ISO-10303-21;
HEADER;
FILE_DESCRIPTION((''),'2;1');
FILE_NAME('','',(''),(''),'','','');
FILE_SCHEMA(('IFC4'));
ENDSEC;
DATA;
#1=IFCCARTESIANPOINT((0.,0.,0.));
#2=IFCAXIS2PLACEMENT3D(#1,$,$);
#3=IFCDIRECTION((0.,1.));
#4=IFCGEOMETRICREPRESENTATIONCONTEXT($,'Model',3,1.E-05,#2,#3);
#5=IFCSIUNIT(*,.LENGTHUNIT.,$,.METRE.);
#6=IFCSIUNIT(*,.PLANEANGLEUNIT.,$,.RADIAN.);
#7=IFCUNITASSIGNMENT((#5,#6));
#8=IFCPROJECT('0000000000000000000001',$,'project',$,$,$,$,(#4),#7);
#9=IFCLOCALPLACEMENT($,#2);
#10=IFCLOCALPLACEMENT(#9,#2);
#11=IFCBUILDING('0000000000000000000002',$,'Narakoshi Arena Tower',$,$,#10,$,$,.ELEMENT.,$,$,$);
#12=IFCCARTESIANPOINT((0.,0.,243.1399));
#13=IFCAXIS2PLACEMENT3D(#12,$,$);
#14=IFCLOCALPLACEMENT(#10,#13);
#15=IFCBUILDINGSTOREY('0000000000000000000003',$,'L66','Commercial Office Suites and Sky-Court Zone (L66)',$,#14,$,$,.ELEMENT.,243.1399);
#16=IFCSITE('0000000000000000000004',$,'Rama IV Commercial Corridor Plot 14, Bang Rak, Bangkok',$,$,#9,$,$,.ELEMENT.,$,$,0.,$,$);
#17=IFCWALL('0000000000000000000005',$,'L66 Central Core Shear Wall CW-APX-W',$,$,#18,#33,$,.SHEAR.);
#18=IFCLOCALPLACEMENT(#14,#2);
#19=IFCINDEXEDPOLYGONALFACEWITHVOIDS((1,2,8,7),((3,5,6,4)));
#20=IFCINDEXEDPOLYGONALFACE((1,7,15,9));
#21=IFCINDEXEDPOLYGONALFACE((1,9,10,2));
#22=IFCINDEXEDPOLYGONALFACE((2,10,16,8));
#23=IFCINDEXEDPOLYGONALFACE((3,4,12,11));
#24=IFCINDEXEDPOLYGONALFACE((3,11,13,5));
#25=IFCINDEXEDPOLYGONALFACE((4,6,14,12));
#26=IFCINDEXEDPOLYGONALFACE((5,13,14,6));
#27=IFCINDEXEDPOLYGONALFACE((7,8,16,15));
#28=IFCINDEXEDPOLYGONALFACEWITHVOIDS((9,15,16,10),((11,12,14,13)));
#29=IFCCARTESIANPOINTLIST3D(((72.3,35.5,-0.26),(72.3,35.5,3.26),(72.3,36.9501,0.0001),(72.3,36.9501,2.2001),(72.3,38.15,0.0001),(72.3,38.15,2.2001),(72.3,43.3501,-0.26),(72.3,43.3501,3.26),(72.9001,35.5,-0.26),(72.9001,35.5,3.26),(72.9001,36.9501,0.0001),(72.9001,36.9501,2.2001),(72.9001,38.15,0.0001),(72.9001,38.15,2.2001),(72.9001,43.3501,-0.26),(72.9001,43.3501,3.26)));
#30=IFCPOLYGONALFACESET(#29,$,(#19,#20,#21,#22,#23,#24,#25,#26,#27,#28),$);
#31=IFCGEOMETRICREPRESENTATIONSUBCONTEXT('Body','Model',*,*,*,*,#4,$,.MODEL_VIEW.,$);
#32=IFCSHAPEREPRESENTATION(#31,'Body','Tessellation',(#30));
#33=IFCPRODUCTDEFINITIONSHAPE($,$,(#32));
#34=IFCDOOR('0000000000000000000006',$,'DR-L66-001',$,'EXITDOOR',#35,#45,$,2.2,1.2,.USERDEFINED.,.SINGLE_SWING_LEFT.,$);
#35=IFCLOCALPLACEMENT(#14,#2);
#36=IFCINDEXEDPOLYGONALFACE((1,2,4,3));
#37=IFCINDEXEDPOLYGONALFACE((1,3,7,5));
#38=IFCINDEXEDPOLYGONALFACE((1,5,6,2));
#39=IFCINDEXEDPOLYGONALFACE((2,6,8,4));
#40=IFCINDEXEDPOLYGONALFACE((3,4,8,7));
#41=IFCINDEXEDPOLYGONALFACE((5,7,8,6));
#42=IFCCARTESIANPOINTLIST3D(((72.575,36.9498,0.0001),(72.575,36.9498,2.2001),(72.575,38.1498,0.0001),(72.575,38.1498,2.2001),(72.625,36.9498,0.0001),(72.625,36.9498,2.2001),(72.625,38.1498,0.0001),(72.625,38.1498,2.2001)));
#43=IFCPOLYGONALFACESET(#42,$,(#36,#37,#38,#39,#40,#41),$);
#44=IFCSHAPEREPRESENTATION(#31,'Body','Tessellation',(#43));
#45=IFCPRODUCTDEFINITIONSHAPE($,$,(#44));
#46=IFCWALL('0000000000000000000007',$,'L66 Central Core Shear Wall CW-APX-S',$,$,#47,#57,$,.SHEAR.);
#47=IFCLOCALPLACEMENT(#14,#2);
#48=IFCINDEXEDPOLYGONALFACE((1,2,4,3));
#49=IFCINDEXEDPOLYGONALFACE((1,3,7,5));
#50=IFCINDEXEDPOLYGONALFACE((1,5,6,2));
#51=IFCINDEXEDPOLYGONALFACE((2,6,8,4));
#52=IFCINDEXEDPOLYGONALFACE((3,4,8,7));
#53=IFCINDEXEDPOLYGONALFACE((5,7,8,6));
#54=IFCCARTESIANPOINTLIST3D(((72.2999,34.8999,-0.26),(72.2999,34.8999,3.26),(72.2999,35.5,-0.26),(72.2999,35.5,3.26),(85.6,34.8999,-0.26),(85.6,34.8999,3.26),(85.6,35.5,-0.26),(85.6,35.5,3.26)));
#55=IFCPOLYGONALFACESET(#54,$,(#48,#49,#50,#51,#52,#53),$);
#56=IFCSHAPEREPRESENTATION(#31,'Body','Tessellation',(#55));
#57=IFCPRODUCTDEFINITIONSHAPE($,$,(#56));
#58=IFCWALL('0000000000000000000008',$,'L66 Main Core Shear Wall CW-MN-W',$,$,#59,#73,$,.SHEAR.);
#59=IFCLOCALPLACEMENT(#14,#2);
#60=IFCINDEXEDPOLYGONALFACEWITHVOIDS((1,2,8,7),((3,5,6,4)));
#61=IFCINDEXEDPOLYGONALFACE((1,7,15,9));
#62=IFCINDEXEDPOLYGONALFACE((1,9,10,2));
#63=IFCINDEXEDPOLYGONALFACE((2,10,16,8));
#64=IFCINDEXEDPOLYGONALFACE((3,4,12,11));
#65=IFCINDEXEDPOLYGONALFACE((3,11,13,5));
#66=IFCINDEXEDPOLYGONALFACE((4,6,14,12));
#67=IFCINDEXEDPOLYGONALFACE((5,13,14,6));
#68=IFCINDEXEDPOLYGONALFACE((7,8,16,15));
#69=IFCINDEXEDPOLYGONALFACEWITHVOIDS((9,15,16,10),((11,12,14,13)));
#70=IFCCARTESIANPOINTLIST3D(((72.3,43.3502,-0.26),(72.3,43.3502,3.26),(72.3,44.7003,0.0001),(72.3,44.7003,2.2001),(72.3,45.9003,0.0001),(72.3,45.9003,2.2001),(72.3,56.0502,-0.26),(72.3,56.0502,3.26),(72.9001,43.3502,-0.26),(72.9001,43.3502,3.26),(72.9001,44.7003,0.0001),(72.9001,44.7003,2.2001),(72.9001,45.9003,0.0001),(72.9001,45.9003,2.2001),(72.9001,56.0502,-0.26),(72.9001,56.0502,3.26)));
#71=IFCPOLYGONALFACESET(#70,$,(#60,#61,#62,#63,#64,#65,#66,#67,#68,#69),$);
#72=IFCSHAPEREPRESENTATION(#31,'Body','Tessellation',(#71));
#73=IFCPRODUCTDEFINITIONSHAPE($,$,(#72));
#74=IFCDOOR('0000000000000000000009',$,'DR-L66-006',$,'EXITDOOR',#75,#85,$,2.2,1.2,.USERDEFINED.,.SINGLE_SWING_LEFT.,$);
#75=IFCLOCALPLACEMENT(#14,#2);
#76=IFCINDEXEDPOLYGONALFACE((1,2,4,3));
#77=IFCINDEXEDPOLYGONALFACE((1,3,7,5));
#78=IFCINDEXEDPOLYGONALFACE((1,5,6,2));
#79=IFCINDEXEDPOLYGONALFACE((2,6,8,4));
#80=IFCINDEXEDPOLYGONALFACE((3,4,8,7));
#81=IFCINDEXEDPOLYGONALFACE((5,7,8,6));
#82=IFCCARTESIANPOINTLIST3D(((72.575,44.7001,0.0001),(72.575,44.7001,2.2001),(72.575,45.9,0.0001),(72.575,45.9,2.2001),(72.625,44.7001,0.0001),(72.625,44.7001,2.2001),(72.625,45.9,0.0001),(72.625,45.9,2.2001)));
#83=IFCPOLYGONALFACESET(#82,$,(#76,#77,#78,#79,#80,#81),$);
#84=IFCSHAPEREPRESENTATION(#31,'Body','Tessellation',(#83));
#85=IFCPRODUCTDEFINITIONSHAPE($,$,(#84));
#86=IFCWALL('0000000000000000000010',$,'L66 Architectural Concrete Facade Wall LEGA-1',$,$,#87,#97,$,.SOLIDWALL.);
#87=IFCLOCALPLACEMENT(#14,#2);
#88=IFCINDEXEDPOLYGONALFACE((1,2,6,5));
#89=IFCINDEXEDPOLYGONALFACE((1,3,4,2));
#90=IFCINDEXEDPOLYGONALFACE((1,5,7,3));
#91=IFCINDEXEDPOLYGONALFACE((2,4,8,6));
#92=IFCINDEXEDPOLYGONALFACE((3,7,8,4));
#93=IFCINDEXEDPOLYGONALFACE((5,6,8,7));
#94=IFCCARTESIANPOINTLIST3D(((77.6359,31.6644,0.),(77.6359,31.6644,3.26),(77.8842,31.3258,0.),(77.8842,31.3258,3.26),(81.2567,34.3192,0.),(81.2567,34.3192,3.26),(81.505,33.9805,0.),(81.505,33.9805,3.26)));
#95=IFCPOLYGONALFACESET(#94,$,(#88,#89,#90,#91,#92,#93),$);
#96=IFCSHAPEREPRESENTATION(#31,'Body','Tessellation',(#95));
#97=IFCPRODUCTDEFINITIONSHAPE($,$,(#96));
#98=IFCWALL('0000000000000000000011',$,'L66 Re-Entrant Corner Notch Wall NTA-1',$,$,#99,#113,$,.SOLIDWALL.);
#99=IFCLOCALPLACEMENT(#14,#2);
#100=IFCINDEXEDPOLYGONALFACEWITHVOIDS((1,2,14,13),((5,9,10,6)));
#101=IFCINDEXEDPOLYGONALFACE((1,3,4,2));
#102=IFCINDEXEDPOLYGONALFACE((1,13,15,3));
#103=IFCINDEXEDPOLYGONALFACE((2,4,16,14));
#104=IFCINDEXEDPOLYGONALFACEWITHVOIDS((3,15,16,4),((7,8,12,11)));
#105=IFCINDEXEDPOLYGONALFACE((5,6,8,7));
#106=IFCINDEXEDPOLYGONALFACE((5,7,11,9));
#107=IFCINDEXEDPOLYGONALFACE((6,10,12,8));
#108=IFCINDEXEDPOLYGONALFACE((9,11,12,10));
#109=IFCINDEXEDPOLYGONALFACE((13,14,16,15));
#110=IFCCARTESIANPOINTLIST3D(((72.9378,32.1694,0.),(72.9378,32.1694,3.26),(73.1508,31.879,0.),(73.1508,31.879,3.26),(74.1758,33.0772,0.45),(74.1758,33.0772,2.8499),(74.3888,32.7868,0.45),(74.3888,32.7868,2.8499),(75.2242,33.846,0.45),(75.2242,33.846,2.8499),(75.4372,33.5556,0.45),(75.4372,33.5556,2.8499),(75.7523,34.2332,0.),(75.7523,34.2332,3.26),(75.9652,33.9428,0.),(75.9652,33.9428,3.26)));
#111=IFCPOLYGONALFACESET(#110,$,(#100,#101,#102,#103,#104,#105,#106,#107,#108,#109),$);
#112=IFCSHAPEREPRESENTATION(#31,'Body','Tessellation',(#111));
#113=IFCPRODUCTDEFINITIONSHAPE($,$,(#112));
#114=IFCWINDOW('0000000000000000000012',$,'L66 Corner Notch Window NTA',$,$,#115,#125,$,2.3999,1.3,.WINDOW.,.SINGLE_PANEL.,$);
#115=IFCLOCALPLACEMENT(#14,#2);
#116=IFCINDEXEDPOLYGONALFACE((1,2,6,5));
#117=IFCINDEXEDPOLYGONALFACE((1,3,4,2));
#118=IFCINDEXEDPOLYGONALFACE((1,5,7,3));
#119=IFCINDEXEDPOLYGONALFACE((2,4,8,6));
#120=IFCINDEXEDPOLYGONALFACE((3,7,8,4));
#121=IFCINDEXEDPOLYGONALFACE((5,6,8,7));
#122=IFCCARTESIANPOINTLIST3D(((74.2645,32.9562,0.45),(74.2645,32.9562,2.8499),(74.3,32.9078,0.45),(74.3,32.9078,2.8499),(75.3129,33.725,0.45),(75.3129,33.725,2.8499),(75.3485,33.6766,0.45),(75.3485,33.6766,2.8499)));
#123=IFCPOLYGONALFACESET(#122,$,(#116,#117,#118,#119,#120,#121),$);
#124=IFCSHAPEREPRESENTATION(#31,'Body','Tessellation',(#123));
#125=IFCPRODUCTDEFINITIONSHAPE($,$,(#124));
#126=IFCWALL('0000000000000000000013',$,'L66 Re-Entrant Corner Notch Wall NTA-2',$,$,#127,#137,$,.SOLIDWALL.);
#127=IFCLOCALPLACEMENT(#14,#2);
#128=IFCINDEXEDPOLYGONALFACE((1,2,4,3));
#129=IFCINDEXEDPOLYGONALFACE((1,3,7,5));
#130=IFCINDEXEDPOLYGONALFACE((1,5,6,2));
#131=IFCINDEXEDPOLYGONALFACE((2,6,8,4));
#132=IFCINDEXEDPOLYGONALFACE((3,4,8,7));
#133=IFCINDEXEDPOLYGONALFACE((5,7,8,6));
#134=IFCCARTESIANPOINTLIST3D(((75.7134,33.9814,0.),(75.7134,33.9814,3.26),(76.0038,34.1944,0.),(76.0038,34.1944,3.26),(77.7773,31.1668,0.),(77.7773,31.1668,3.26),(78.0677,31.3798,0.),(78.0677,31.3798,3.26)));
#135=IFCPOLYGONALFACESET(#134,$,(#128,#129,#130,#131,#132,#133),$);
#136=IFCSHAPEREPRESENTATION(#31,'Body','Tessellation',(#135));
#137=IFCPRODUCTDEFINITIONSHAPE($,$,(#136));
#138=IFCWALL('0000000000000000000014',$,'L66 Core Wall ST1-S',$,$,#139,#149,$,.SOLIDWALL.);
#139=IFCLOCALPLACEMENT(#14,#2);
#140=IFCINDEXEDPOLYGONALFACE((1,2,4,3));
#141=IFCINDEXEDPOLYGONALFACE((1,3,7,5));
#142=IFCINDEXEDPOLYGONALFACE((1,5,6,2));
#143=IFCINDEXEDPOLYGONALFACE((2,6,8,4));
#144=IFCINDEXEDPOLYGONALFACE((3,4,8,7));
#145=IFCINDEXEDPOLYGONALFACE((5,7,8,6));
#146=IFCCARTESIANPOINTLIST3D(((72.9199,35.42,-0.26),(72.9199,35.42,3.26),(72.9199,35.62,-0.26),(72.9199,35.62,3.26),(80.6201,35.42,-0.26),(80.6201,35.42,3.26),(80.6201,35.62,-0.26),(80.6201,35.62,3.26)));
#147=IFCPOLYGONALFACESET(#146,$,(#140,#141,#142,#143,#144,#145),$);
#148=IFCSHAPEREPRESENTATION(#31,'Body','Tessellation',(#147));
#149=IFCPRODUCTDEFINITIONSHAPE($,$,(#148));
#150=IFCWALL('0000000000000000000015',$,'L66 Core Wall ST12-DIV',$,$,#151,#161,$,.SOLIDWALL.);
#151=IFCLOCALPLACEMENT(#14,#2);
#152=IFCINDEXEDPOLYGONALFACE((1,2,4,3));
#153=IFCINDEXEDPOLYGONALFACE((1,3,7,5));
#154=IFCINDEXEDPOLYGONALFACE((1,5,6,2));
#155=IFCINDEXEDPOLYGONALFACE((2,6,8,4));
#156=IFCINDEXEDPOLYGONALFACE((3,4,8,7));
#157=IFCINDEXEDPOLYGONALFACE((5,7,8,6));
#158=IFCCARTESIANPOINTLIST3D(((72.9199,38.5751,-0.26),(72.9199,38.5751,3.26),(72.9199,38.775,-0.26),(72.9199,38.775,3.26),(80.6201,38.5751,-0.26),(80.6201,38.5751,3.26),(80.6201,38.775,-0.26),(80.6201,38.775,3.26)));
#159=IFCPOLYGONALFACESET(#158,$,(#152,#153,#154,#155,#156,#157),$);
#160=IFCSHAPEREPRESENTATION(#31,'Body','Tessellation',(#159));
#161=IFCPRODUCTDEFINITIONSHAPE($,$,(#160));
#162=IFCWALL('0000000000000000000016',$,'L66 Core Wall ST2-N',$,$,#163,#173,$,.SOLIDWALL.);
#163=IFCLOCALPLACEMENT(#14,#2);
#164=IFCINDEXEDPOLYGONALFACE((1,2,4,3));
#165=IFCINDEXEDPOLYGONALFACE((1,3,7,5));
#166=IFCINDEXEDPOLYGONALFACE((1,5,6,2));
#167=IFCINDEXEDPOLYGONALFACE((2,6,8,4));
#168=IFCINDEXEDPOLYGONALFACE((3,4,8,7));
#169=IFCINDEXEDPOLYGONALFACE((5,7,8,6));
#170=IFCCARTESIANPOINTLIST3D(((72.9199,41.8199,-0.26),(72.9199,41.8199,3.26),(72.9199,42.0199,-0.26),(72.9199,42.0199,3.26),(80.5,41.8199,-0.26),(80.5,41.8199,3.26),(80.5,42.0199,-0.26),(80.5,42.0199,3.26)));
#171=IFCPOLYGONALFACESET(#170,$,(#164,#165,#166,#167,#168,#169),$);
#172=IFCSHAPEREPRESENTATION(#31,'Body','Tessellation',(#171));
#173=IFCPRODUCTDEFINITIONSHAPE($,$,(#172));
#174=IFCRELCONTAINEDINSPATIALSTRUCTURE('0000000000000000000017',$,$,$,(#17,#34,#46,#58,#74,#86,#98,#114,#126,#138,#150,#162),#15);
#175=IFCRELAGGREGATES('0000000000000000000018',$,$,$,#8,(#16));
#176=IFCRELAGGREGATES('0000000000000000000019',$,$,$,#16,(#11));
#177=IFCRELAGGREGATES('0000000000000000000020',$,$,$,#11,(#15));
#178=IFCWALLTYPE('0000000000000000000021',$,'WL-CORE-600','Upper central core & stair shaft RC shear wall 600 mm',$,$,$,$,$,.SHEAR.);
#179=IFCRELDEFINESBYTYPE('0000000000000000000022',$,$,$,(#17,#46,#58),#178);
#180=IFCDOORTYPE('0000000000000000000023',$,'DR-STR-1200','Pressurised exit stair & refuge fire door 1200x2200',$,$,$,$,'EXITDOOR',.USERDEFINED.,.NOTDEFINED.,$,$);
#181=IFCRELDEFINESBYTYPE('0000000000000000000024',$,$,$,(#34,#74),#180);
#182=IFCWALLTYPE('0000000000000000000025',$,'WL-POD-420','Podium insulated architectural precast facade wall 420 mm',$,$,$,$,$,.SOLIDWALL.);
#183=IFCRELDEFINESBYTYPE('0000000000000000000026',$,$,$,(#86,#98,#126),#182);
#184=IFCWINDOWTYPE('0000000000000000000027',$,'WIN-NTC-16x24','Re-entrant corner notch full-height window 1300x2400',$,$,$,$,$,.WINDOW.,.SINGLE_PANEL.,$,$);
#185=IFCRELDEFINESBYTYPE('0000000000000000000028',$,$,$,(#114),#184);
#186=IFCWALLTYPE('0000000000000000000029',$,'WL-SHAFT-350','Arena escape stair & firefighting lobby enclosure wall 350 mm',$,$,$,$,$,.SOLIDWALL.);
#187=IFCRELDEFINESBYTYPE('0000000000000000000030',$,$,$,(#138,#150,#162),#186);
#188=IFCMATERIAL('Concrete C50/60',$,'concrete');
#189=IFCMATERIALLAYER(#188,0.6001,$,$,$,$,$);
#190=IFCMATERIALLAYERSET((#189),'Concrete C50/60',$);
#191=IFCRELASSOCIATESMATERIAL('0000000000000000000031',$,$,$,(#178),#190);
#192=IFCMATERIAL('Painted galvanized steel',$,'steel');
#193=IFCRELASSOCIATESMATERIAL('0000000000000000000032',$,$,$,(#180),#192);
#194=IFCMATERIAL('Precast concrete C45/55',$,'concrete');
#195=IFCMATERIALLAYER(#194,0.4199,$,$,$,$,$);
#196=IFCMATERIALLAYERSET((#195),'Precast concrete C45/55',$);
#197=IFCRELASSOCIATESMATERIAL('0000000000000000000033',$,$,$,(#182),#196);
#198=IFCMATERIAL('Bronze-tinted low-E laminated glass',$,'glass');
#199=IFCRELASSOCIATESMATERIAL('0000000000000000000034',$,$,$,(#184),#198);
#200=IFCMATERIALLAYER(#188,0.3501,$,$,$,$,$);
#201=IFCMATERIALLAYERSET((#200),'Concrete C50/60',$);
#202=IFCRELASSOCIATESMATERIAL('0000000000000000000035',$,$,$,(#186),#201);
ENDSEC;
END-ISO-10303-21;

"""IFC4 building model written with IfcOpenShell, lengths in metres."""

from ifc_helpers import new_model, si_unit, direction, frame, frame_2d, origin, place, context, subcontext, project, spatial, rectangle, extrude, material, layer, layer_set, type_object, element, fill, save


model = new_model("IFC4")

# Units and contexts
model_context = context("Model", 3, precision=1e-05, world=origin(), true_north=direction((0.0, 1.0)))
body_context = subcontext(model_context, "Body", "Model", "MODEL_VIEW")
ifc_project = project(units=[si_unit("LENGTHUNIT", "METRE"), si_unit("PLANEANGLEUNIT", "RADIAN")], contexts=[model_context])

# Site, building, storey
site_placement = place(None, origin())
site = spatial("IfcSite", under=ifc_project, at=site_placement, Name="Rama IV Commercial Corridor Plot 14, Bang Rak, Bangkok", CompositionType="ELEMENT", RefElevation=0.0)
building_placement = place(site_placement, origin())
building = spatial("IfcBuilding", under=site, at=building_placement, Name="Narakoshi Arena Tower", CompositionType="ELEMENT")
storey_placement = place(building_placement, frame((0.0, 0.0, 243.1399)))
storey = spatial("IfcBuildingStorey", under=building, at=storey_placement, Name="L66", Description="Commercial Office Suites and Sky-Court Zone (L66)", CompositionType="ELEMENT", Elevation=243.1399)

# Wall, opening, door
ifc_material_1 = material(Name="Concrete C50/60", Category="concrete")
ifc_layer_1 = layer(ifc_material_1, 0.6001)
ifc_layer_set_1 = layer_set([ifc_layer_1], Name="Concrete C50/60")
wall_type_1 = type_object("IfcWallType", Name="WL-CORE-600", Description="Upper central core & stair shaft RC shear wall 600 mm", PredefinedType="SHEAR", material=ifc_layer_set_1)
wall_1_placement = place(storey_placement, frame((72.6001, 35.5, -0.26), z_axis=(0.0, 0.0, 1.0), x_axis=(0.0, 1.0, 0.0)))
wall_1 = element("IfcWall", 1, at=wall_1_placement, inside=storey, type_object=wall_type_1, Name="L66 Central Core Shear Wall CW-APX-W", PredefinedType="SHEAR", context=body_context, shape_type="SweptSolid", body=[
    extrude(rectangle(XDim=7.8501, YDim=0.6001, at=frame_2d((3.925, 0.0))), origin(), (0.0, 0.0, 1.0), 3.52),
])
opening_1_placement = place(wall_1_placement, frame((1.45, 0.0, 0.26)))
opening_1 = element("IfcOpeningElement", 2, at=opening_1_placement, cuts=wall_1, PredefinedType="OPENING", context=body_context, shape_type="SweptSolid", body=[
    extrude(rectangle(XDim=1.2, YDim=2.2, at=frame_2d((0.6001, 1.1001))), frame((0.0, 0.3101, 0.0), z_axis=(0.0, -1.0, 0.0), x_axis=(1.0, 0.0, 0.0)), (0.0, 0.0, 1.0), 0.6201),
])
ifc_material_2 = material(Name="Painted galvanized steel", Category="steel")
door_type = type_object("IfcDoorType", Name="DR-STR-1200", Description="Pressurised exit stair & refuge fire door 1200x2200", ElementType="EXITDOOR", OperationType="NOTDEFINED", PredefinedType="USERDEFINED", material=ifc_material_2)
door_1_placement = place(opening_1_placement, frame((1.2, 0.0, 0.0), z_axis=(0.0, 0.0, 1.0), x_axis=(-1.0, 0.0, 0.0)))
door_1 = element("IfcDoor", 3, at=door_1_placement, inside=storey, type_object=door_type, Name="DR-L66-001", ObjectType="EXITDOOR", OperationType="SINGLE_SWING_LEFT", OverallHeight=2.2, OverallWidth=1.2, PredefinedType="USERDEFINED", context=body_context, shape_type="SweptSolid", body=[
    extrude(rectangle(XDim=1.2, YDim=2.2, at=frame_2d((0.6001, 1.1001))), frame((0.0, 0.0249, 0.0), z_axis=(0.0, -1.0, 0.0), x_axis=(1.0, 0.0, 0.0)), (0.0, 0.0, 1.0), 0.05),
])
fill(opening_1, door_1)

# Wall
wall_2_placement = place(storey_placement, frame((72.3, 35.2, -0.26), z_axis=(0.0, 0.0, 1.0), x_axis=(1.0, 0.0, 0.0)))
element("IfcWall", 4, at=wall_2_placement, inside=storey, type_object=wall_type_1, Name="L66 Central Core Shear Wall CW-APX-S", PredefinedType="SHEAR", context=body_context, shape_type="SweptSolid", body=[
    extrude(rectangle(XDim=13.3, YDim=0.6001, at=frame_2d((6.6499, 0.0))), origin(), (0.0, 0.0, 1.0), 3.52),
])

# Wall, opening, door
wall_3_placement = place(storey_placement, frame((72.6001, 43.3501, -0.26), z_axis=(0.0, 0.0, 1.0), x_axis=(0.0, 1.0, 0.0)))
wall_3 = element("IfcWall", 5, at=wall_3_placement, inside=storey, type_object=wall_type_1, Name="L66 Main Core Shear Wall CW-MN-W", PredefinedType="SHEAR", context=body_context, shape_type="SweptSolid", body=[
    extrude(rectangle(XDim=12.7, YDim=0.6001, at=frame_2d((6.3501, 0.0))), origin(), (0.0, 0.0, 1.0), 3.52),
])
opening_2_placement = place(wall_3_placement, frame((1.3501, 0.0, 0.26)))
opening_2 = element("IfcOpeningElement", 6, at=opening_2_placement, cuts=wall_3, PredefinedType="OPENING", context=body_context, shape_type="SweptSolid", body=[
    extrude(rectangle(XDim=1.2, YDim=2.2, at=frame_2d((0.6001, 1.1001))), frame((0.0, 0.3101, 0.0), z_axis=(0.0, -1.0, 0.0), x_axis=(1.0, 0.0, 0.0)), (0.0, 0.0, 1.0), 0.6201),
])
door_2_placement = place(opening_2_placement, frame((1.2, 0.0, 0.0), z_axis=(0.0, 0.0, 1.0), x_axis=(-1.0, 0.0, 0.0)))
door_2 = element("IfcDoor", 7, at=door_2_placement, inside=storey, type_object=door_type, Name="DR-L66-006", ObjectType="EXITDOOR", OperationType="SINGLE_SWING_LEFT", OverallHeight=2.2, OverallWidth=1.2, PredefinedType="USERDEFINED", context=body_context, shape_type="SweptSolid", body=[
    extrude(rectangle(XDim=1.2, YDim=2.2, at=frame_2d((0.6001, 1.1001))), frame((0.0, 0.0249, 0.0), z_axis=(0.0, -1.0, 0.0), x_axis=(1.0, 0.0, 0.0)), (0.0, 0.0, 1.0), 0.05),
])
fill(opening_2, door_2)

# Wall
ifc_material_3 = material(Name="Precast concrete C45/55", Category="concrete")
ifc_layer_2 = layer(ifc_material_3, 0.4199)
ifc_layer_set_2 = layer_set([ifc_layer_2], Name="Precast concrete C45/55")
wall_type_2 = type_object("IfcWallType", Name="WL-POD-420", Description="Podium insulated architectural precast facade wall 420 mm", PredefinedType="SOLIDWALL", material=ifc_layer_set_2)
wall_4_placement = place(storey_placement, frame((77.76, 31.4951, 0.0), z_axis=(0.0, 0.0, 1.0), x_axis=(0.806459, 0.591291, 0.0)))
element("IfcWall", 8, at=wall_4_placement, inside=storey, type_object=wall_type_2, Name="L66 Architectural Concrete Facade Wall LEGA-1", PredefinedType="SOLIDWALL", context=body_context, shape_type="SweptSolid", body=[
    extrude(rectangle(XDim=4.4897, YDim=0.4199, at=frame_2d((2.2449, 0.0))), origin(), (0.0, 0.0, 1.0), 3.26),
])

# Wall, opening, window
wall_5_placement = place(storey_placement, frame((73.0442, 32.0242, 0.0), z_axis=(0.0, 0.0, 1.0), x_axis=(0.806434, 0.591324, 0.0)))
wall_5 = element("IfcWall", 9, at=wall_5_placement, inside=storey, type_object=wall_type_2, Name="L66 Re-Entrant Corner Notch Wall NTA-1", PredefinedType="SOLIDWALL", context=body_context, shape_type="SweptSolid", body=[
    extrude(rectangle(XDim=3.49, YDim=0.3601, at=frame_2d((1.7451, 0.0))), origin(), (0.0, 0.0, 1.0), 3.26),
])
opening_3_placement = place(wall_5_placement, frame((1.5354, 0.0, 0.45)))
opening_3 = element("IfcOpeningElement", 10, at=opening_3_placement, cuts=wall_5, PredefinedType="OPENING", context=body_context, shape_type="SweptSolid", body=[
    extrude(rectangle(XDim=1.3, YDim=2.3999, at=frame_2d((0.6499, 1.2))), frame((0.0, 0.1899, 0.0), z_axis=(0.0, -1.0, 0.0), x_axis=(1.0, 0.0, 0.0)), (0.0, 0.0, 1.0), 0.3801),
])
ifc_material_4 = material(Name="Bronze-tinted low-E laminated glass", Category="glass")
window_type = type_object("IfcWindowType", Name="WIN-NTC-16x24", Description="Re-entrant corner notch full-height window 1300x2400", PartitioningType="SINGLE_PANEL", PredefinedType="WINDOW", material=ifc_material_4)
window_placement = place(opening_3_placement, origin())
window = element("IfcWindow", 11, at=window_placement, inside=storey, type_object=window_type, Name="L66 Corner Notch Window NTA", OverallHeight=2.3999, OverallWidth=1.3, PartitioningType="SINGLE_PANEL", PredefinedType="WINDOW", context=body_context, shape_type="SweptSolid", body=[
    extrude(rectangle(XDim=1.3, YDim=2.3999, at=frame_2d((0.6499, 1.2))), frame((0.0, 0.03, 0.0), z_axis=(0.0, -1.0, 0.0), x_axis=(1.0, 0.0, 0.0)), (0.0, 0.0, 1.0), 0.0601),
])
fill(opening_3, window)

# Walls
wall_6_placement = place(storey_placement, frame((75.8586, 34.0879, 0.0), z_axis=(0.0, 0.0, 1.0), x_axis=(0.591336, -0.806425, 0.0)))
element("IfcWall", 12, at=wall_6_placement, inside=storey, type_object=wall_type_2, Name="L66 Re-Entrant Corner Notch Wall NTA-2", PredefinedType="SOLIDWALL", context=body_context, shape_type="SweptSolid", body=[
    extrude(rectangle(XDim=3.4902, YDim=0.3601, at=frame_2d((1.7451, 0.0))), origin(), (0.0, 0.0, 1.0), 3.26),
])
ifc_layer_3 = layer(ifc_material_1, 0.3501)
ifc_layer_set_3 = layer_set([ifc_layer_3], Name="Concrete C50/60")
wall_type_3 = type_object("IfcWallType", Name="WL-SHAFT-350", Description="Arena escape stair & firefighting lobby enclosure wall 350 mm", PredefinedType="SOLIDWALL", material=ifc_layer_set_3)
for number, where, z_axis, x_axis, name in (
    (13, (72.9199, 35.52, -0.26), (0.0, 0.0, 1.0), (1.0, 0.0, 0.0), "L66 Core Wall ST1-S"),
    (14, (72.9199, 38.675, -0.26), (0.0, 0.0, 1.0), (1.0, 0.0, 0.0), "L66 Core Wall ST12-DIV"),
):
    element("IfcWall", number, at=place(storey_placement, frame(where, z_axis=z_axis, x_axis=x_axis)), inside=storey, type_object=wall_type_3, Name=name, PredefinedType="SOLIDWALL", context=body_context, shape_type="SweptSolid", body=[
        extrude(rectangle(XDim=7.7002, YDim=0.2, at=frame_2d((3.8501, 0.0))), origin(), (0.0, 0.0, 1.0), 3.52),
    ])
wall_7_placement = place(storey_placement, frame((72.9199, 41.9199, -0.26), z_axis=(0.0, 0.0, 1.0), x_axis=(1.0, 0.0, 0.0)))
element("IfcWall", 15, at=wall_7_placement, inside=storey, type_object=wall_type_3, Name="L66 Core Wall ST2-N", PredefinedType="SOLIDWALL", context=body_context, shape_type="SweptSolid", body=[
    extrude(rectangle(XDim=7.5801, YDim=0.2, at=frame_2d((3.79, 0.0))), origin(), (0.0, 0.0, 1.0), 3.52),
])

save(model, "model.ifc")
